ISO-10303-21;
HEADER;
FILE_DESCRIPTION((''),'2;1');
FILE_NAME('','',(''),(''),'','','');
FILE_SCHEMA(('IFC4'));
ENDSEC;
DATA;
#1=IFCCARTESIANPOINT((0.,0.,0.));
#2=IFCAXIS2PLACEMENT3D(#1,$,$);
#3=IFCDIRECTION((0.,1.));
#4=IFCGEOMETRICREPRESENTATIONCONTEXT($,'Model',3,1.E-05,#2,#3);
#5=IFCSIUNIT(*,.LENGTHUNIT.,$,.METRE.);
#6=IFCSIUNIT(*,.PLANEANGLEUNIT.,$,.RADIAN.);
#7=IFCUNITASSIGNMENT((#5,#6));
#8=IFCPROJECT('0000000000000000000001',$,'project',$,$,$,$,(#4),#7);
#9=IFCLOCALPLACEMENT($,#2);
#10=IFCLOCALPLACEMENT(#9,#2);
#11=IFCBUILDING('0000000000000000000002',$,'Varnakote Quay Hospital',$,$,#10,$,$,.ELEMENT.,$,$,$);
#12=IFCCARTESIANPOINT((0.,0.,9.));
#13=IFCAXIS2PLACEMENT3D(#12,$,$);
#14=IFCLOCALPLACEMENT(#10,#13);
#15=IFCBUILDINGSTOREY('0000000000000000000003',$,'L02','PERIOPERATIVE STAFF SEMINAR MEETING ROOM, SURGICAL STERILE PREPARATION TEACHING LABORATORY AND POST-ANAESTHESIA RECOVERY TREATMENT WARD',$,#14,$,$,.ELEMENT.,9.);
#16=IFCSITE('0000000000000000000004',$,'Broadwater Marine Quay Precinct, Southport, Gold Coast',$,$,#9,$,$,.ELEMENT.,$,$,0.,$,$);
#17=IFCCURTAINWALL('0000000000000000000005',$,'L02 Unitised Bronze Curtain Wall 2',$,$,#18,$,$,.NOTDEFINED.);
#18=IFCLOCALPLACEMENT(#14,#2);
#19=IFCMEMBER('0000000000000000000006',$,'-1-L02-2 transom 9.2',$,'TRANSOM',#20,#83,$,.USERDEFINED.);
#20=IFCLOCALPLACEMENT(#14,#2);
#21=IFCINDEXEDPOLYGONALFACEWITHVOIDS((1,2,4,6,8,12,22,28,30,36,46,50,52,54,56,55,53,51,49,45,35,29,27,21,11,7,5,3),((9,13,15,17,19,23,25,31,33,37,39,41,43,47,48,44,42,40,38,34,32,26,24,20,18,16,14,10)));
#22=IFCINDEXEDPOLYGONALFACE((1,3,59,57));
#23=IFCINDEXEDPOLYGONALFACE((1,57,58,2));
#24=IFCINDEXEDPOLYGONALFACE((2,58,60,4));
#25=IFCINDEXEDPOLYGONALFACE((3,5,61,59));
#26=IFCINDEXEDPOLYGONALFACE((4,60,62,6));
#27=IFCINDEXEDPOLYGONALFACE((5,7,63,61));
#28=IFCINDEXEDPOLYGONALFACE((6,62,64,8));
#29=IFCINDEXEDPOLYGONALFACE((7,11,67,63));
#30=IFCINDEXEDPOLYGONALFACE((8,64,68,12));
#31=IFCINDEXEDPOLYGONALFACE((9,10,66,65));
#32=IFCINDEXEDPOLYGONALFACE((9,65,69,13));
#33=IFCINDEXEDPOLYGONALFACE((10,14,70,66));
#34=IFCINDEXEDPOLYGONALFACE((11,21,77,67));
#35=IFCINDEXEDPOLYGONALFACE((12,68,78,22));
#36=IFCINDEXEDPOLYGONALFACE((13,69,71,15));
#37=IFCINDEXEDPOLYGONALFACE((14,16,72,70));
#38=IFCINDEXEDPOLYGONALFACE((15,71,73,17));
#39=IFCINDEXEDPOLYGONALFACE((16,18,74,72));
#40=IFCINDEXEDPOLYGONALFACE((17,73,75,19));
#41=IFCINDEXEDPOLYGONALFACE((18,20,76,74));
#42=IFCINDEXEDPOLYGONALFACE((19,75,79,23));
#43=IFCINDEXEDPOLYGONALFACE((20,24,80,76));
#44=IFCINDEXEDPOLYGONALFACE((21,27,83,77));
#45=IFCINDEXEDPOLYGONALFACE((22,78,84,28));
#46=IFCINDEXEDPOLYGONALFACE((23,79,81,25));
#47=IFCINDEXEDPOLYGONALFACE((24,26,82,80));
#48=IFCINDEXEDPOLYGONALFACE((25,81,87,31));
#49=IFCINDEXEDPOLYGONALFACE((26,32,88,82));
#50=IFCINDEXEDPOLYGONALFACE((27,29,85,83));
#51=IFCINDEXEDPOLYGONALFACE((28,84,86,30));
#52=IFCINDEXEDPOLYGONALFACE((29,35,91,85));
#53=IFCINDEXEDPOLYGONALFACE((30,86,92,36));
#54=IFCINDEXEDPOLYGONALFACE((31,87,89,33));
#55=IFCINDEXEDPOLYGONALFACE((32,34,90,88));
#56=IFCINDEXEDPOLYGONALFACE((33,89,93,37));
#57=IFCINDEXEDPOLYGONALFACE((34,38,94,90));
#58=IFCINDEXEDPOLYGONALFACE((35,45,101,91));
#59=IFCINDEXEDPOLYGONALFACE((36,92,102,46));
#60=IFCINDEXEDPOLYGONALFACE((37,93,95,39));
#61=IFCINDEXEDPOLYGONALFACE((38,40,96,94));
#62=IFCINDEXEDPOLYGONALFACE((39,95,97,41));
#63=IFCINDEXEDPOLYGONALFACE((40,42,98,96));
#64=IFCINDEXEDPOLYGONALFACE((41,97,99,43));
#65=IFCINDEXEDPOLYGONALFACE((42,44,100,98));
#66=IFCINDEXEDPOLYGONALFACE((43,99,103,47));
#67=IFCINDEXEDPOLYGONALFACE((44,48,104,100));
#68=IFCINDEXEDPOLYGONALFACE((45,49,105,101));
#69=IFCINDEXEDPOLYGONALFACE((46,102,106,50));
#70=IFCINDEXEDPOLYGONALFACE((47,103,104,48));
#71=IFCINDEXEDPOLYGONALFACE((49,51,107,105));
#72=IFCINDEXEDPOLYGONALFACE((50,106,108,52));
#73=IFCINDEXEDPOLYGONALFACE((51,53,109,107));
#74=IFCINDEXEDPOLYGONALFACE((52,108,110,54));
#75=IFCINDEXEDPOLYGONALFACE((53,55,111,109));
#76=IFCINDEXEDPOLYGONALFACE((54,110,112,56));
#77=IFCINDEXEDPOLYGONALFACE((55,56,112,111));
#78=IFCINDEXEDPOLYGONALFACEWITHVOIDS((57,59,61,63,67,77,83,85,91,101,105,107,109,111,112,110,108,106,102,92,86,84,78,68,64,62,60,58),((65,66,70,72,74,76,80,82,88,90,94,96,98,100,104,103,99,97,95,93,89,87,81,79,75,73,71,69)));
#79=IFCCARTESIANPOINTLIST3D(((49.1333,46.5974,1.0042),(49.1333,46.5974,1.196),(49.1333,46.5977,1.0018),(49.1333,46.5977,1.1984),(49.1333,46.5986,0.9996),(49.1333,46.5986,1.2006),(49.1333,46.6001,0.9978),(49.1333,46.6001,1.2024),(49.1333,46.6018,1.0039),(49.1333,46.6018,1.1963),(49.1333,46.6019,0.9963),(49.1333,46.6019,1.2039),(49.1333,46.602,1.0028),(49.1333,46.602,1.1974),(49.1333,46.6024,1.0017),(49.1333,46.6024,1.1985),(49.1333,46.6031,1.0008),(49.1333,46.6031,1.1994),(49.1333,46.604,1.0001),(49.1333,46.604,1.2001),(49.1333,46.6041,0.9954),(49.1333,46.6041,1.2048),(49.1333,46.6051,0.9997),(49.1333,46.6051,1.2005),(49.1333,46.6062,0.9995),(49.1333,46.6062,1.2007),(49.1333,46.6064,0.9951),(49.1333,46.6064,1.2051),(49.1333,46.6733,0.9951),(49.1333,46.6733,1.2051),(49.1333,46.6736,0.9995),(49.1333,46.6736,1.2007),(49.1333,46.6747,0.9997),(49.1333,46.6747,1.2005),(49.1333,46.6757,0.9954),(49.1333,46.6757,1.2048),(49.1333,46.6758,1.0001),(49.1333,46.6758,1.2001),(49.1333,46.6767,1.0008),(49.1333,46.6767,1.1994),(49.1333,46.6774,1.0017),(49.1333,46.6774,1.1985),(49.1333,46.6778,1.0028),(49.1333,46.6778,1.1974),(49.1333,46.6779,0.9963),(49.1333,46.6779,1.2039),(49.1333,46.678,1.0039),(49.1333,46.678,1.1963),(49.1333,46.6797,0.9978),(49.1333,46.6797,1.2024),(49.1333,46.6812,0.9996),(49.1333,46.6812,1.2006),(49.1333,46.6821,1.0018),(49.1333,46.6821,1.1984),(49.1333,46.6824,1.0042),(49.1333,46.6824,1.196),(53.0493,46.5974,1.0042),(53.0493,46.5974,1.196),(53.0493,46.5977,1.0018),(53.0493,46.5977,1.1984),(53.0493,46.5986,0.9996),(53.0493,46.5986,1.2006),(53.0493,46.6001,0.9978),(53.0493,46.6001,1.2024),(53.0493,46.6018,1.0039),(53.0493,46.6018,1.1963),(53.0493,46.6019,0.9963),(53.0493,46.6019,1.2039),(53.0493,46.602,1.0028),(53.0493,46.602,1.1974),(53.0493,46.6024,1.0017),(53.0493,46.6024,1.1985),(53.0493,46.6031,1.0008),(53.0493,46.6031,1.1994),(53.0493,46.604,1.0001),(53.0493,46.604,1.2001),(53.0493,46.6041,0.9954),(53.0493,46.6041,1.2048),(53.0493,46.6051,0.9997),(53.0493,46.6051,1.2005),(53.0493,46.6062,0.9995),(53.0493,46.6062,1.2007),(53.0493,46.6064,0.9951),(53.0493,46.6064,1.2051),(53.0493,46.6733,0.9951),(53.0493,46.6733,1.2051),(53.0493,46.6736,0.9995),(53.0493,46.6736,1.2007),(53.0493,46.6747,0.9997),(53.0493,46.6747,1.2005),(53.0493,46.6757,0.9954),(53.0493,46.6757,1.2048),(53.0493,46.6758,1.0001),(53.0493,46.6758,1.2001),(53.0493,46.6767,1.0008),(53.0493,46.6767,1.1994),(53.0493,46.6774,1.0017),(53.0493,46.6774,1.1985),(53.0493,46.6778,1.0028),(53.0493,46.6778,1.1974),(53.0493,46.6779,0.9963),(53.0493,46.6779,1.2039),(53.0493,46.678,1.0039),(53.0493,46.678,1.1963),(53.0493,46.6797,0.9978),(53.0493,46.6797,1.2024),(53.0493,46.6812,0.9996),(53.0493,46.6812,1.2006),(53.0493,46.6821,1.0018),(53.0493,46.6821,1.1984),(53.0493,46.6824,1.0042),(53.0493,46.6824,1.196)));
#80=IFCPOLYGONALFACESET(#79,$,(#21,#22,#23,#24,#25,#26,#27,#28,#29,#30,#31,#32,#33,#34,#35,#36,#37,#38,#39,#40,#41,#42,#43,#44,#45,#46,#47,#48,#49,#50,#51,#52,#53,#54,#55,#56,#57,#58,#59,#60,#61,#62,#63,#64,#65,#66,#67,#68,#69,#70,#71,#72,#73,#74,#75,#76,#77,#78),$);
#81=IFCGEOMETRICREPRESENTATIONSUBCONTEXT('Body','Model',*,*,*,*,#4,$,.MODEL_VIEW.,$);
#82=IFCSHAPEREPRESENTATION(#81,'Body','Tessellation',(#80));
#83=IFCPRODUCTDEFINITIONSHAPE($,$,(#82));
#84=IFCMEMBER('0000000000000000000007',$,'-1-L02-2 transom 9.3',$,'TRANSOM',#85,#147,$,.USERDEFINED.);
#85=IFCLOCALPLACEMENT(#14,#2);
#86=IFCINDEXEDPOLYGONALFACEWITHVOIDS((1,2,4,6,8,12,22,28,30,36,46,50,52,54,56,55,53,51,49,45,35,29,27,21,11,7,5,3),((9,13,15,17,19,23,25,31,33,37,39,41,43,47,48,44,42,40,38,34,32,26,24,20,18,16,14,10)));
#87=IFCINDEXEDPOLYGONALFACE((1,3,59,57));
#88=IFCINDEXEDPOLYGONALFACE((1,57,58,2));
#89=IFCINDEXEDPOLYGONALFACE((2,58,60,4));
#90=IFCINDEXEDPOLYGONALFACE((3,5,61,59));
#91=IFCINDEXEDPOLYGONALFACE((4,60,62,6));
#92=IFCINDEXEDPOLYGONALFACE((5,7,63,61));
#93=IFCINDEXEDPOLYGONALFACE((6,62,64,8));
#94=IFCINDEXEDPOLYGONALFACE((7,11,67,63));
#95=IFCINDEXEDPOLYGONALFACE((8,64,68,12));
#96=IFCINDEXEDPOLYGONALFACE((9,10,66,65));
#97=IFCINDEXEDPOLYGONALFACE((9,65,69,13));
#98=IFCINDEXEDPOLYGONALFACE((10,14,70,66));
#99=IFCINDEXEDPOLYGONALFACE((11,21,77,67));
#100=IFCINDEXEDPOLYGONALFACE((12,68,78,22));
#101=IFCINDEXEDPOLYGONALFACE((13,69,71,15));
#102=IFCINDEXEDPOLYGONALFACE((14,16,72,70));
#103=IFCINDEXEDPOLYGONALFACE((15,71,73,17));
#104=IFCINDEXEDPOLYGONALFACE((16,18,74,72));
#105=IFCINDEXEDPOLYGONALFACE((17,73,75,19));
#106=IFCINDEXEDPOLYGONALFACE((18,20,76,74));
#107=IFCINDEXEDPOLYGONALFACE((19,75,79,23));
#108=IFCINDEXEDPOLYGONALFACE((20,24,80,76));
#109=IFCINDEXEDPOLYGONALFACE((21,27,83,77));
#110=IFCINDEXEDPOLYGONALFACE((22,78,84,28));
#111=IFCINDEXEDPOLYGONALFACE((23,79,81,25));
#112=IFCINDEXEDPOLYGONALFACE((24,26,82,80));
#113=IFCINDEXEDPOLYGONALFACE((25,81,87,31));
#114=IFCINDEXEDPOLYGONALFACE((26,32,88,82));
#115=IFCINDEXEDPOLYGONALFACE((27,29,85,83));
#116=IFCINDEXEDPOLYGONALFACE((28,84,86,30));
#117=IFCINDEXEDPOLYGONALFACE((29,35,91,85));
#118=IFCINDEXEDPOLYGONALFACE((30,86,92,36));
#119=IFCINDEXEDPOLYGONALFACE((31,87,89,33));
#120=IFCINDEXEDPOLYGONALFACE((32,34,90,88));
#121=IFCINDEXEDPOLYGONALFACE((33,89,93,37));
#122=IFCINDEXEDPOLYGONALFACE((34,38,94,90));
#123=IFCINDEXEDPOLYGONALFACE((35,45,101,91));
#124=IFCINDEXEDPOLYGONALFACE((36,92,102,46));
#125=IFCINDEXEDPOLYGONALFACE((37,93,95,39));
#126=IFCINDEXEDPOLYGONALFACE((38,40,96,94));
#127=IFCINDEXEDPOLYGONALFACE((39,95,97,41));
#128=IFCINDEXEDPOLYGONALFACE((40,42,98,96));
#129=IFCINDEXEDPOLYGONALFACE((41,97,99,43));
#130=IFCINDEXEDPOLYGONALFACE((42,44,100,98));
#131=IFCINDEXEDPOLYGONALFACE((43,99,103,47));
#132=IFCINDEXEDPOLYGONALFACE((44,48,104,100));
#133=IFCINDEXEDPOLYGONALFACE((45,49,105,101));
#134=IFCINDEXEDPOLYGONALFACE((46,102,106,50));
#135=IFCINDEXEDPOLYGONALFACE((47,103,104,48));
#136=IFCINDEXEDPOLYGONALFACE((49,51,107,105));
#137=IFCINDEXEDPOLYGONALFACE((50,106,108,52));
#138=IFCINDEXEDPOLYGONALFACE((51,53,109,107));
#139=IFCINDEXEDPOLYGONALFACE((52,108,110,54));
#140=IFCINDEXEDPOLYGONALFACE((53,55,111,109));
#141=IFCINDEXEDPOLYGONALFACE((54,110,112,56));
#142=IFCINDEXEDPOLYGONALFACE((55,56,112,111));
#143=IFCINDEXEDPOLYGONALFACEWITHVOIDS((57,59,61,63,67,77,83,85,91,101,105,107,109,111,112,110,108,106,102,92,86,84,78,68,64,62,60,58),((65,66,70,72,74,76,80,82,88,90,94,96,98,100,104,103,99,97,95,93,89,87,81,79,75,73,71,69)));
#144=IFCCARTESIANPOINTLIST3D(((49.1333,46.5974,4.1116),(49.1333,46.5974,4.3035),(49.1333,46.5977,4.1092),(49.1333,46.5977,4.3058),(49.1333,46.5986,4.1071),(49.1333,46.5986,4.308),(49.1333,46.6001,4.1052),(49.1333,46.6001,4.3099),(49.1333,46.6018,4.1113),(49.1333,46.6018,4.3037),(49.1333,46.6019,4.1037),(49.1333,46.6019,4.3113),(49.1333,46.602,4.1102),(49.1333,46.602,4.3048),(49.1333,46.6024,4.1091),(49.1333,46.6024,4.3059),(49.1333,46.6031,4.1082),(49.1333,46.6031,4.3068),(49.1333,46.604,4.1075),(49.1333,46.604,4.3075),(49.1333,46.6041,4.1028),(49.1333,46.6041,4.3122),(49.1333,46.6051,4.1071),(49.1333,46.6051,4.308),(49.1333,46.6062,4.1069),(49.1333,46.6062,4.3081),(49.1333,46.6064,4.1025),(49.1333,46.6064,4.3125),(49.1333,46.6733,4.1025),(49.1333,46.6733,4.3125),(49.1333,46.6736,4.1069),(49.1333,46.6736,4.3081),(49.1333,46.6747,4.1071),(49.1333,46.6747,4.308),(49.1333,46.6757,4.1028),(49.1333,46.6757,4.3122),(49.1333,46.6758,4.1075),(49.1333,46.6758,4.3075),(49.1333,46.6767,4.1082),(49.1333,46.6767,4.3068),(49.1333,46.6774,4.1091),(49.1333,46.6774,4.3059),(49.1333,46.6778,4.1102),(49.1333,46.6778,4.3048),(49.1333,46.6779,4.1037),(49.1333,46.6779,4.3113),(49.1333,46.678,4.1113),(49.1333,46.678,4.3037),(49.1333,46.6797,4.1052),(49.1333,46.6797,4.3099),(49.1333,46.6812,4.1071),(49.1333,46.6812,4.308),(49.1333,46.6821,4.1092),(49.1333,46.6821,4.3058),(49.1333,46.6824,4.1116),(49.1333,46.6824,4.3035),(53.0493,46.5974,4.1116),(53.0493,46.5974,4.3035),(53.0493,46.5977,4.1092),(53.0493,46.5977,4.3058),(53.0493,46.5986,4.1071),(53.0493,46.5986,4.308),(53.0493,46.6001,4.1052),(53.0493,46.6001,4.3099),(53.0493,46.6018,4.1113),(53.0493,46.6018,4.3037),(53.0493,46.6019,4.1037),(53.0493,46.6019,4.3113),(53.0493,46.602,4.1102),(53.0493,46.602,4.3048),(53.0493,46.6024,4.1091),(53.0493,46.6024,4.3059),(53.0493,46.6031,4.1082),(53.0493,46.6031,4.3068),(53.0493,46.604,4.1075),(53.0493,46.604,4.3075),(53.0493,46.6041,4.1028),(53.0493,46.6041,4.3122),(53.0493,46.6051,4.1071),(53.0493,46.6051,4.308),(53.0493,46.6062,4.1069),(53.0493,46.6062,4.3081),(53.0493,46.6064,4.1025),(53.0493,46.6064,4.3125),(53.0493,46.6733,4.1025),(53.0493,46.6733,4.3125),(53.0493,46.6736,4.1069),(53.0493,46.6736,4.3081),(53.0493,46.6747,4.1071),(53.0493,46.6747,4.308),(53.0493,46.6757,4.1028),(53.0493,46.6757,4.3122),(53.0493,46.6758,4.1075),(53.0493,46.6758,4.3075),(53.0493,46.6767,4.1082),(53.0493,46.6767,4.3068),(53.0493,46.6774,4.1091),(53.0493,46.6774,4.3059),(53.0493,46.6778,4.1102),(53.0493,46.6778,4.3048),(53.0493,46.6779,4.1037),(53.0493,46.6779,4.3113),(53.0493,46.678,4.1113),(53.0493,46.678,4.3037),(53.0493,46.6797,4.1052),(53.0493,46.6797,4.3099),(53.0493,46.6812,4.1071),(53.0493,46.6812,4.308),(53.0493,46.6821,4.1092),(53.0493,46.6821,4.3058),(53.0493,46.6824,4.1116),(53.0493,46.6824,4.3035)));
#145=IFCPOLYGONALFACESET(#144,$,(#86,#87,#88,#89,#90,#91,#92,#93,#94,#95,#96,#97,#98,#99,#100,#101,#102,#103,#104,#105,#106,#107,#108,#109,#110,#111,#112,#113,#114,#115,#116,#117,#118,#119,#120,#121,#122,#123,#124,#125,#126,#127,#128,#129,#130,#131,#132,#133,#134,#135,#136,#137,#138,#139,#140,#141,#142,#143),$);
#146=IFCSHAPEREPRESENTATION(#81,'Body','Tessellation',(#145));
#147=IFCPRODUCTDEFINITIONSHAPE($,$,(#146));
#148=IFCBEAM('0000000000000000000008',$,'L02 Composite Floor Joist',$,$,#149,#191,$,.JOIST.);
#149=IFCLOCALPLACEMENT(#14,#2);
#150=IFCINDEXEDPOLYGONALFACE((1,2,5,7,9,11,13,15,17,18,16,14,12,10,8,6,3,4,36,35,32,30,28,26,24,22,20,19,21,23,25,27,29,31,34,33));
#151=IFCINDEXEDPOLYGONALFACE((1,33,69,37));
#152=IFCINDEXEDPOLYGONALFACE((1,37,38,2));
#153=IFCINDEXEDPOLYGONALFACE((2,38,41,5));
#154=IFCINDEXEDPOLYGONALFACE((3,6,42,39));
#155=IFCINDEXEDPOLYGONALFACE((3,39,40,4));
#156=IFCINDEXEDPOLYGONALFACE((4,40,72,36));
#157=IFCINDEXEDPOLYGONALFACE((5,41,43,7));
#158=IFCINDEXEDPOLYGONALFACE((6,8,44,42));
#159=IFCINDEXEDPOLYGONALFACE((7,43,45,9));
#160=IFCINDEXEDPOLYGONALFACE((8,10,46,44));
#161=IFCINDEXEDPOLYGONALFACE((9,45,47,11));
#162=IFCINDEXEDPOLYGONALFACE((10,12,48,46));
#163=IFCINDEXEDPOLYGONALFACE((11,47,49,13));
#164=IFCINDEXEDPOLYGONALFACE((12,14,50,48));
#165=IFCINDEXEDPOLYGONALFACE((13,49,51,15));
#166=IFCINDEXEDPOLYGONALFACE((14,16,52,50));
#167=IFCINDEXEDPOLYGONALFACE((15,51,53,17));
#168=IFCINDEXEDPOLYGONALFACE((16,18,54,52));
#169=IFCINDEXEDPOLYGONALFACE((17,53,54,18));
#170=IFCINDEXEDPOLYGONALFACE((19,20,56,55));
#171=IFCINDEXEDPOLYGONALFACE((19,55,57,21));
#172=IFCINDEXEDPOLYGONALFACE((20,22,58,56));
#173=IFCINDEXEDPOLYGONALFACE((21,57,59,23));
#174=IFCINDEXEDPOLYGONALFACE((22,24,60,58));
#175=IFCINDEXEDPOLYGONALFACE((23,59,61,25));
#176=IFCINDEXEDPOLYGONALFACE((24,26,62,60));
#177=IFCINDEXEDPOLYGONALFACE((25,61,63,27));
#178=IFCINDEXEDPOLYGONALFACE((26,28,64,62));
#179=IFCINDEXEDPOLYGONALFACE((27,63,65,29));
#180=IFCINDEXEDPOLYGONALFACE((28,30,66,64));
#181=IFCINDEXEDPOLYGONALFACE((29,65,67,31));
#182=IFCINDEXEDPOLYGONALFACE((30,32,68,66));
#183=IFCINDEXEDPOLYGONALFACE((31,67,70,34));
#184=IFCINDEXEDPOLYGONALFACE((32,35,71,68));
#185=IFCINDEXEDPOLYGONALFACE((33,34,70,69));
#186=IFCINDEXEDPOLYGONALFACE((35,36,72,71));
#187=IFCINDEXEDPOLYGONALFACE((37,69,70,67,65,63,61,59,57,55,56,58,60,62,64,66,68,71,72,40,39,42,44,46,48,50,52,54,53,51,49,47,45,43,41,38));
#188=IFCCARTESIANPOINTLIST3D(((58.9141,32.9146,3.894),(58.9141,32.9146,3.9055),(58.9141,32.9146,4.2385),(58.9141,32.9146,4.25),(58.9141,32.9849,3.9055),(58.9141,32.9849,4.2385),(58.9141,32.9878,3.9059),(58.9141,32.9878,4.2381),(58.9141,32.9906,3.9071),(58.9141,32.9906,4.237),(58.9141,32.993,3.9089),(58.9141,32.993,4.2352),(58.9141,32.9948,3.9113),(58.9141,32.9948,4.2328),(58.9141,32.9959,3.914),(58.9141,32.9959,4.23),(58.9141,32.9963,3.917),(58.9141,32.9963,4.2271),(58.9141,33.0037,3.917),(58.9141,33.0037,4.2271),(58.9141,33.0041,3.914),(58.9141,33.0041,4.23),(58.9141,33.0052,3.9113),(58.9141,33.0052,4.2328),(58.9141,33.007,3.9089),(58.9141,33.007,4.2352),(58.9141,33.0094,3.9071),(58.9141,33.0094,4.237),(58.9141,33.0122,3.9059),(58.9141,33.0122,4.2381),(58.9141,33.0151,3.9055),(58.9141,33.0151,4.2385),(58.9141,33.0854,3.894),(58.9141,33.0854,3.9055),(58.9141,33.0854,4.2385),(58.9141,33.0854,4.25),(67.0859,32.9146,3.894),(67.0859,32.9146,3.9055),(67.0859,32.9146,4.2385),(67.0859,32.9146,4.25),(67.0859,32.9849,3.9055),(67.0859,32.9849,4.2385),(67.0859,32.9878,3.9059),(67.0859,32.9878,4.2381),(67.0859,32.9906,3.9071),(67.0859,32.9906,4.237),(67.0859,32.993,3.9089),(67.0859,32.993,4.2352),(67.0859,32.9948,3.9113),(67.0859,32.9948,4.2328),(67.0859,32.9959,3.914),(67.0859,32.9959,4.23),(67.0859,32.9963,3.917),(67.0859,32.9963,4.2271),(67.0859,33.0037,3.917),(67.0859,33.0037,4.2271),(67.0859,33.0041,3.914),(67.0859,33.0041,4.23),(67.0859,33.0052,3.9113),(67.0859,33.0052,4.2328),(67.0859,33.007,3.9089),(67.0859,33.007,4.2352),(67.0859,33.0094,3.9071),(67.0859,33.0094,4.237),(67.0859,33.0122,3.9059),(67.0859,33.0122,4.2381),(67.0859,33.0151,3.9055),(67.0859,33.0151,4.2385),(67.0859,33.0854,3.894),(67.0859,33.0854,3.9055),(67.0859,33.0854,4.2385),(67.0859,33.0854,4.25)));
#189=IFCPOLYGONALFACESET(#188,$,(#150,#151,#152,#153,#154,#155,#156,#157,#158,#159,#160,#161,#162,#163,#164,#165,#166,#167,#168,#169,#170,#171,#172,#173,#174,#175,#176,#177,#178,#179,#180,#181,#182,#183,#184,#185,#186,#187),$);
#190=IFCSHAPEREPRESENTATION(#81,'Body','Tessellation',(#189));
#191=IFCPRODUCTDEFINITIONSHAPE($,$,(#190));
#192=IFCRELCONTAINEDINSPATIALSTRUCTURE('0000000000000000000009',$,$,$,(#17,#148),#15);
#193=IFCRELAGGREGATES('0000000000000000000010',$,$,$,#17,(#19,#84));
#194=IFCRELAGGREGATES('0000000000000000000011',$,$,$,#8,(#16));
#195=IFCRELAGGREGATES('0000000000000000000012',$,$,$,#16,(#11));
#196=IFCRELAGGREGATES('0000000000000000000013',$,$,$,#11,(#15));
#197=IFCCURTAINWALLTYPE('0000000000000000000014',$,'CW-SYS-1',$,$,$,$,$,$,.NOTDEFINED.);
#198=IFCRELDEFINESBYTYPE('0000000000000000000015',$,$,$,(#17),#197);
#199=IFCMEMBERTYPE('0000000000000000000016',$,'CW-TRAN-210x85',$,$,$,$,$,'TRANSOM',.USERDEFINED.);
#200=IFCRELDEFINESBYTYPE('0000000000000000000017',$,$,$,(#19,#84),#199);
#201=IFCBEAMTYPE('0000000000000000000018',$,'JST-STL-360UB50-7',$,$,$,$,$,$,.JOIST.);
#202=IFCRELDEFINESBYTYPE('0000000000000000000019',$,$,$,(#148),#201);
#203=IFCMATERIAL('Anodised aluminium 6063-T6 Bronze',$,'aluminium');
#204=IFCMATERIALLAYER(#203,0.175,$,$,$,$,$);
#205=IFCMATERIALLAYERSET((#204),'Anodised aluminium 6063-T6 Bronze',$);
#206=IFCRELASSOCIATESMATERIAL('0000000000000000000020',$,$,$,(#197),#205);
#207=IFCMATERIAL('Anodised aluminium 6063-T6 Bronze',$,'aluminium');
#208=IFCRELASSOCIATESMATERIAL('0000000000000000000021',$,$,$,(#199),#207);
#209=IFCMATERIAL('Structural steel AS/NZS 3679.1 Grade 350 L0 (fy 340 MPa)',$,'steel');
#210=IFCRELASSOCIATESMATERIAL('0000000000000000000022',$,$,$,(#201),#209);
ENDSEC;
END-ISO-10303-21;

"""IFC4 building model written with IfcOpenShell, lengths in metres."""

from ifc_helpers import new_model, si_unit, direction, frame, origin, origin_2d, place, context, subcontext, project, spatial, hollow_rectangle, i_section, extrude, material, layer, layer_set, material_profile, profile_set, type_object, element, aggregate, save


model = new_model("IFC4")

# Units and contexts
model_context = context("Model", 3, precision=1e-05, world=origin(), true_north=direction((0.0, 1.0)))
body_context = subcontext(model_context, "Body", "Model", "MODEL_VIEW")
ifc_project = project(units=[si_unit("LENGTHUNIT", "METRE"), si_unit("PLANEANGLEUNIT", "RADIAN")], contexts=[model_context])

# Site, building, storey
site_placement = place(None, origin())
site = spatial("IfcSite", under=ifc_project, at=site_placement, Name="Broadwater Marine Quay Precinct, Southport, Gold Coast", CompositionType="ELEMENT", RefElevation=0.0)
building_placement = place(site_placement, origin())
building = spatial("IfcBuilding", under=site, at=building_placement, Name="Varnakote Quay Hospital", CompositionType="ELEMENT")
storey_placement = place(building_placement, frame((0.0, 0.0, 9.0)))
storey = spatial("IfcBuildingStorey", under=building, at=storey_placement, Name="L02", Description="PERIOPERATIVE STAFF SEMINAR MEETING ROOM, SURGICAL STERILE PREPARATION TEACHING LABORATORY AND POST-ANAESTHESIA RECOVERY TREATMENT WARD", CompositionType="ELEMENT", Elevation=9.0)

# Curtain wall, members
ifc_material_1 = material(Name="Anodised aluminium 6063-T6 Bronze", Category="aluminium")
ifc_layer_1 = layer(ifc_material_1, 0.175)
ifc_layer_set_1 = layer_set([ifc_layer_1], Name="Anodised aluminium 6063-T6 Bronze")
curtain_wall_type = type_object("IfcCurtainWallType", Name="CW-SYS-1", PredefinedType="NOTDEFINED", material=ifc_layer_set_1)
curtain_wall_placement = place(storey_placement, origin())
curtain_wall = element("IfcCurtainWall", 1, at=curtain_wall_placement, inside=storey, type_object=curtain_wall_type, Name="L02 Unitised Bronze Curtain Wall 2", PredefinedType="NOTDEFINED")
ifc_material_2 = material(Name="Anodised aluminium 6063-T6 Bronze", Category="aluminium")
ifc_material_profile_1 = material_profile(ifc_material_2, hollow_rectangle(XDim=0.085, YDim=0.21, WallThickness=0.0044, InnerFilletRadius=0.0044, OuterFilletRadius=0.009, at=origin_2d()), Name="CW-TRAN-210x85")
ifc_profile_set_1 = profile_set([ifc_material_profile_1], Name="Anodised aluminium 6063-T6 Bronze")
member_type_1 = type_object("IfcMemberType", Name="CW-TRAN-210x85", ElementType="TRANSOM", PredefinedType="USERDEFINED", material=ifc_profile_set_1)
member_1_placement = place(storey_placement, frame((53.0493, 46.6399, 1.1001), z_axis=(-1.0, 0.0, 0.0), x_axis=(0.0, -1.0, 0.0)))
member_1 = element("IfcMember", 2, at=member_1_placement, type_object=member_type_1, Name="-1-L02-2 transom 9.2", ObjectType="TRANSOM", PredefinedType="USERDEFINED", context=body_context, shape_type="SweptSolid", body=[
    extrude(hollow_rectangle(XDim=0.085, YDim=0.21, WallThickness=0.0044, InnerFilletRadius=0.0044, OuterFilletRadius=0.009, at=origin_2d()), origin(), (0.0, 0.0, 1.0), 3.916),
])
member_2_placement = place(storey_placement, frame((53.0493, 46.6399, 4.2075), z_axis=(-1.0, 0.0, 0.0), x_axis=(0.0, -1.0, 0.0)))
member_2 = element("IfcMember", 3, at=member_2_placement, type_object=member_type_1, Name="-1-L02-2 transom 9.3", ObjectType="TRANSOM", PredefinedType="USERDEFINED", context=body_context, shape_type="SweptSolid", body=[
    extrude(hollow_rectangle(XDim=0.085, YDim=0.21, WallThickness=0.0044, InnerFilletRadius=0.0044, OuterFilletRadius=0.009, at=origin_2d()), origin(), (0.0, 0.0, 1.0), 3.916),
])

# Beam
ifc_material_3 = material(Name="Structural steel AS/NZS 3679.1 Grade 350 L0 (fy 340 MPa)", Category="steel")
ifc_material_profile_2 = material_profile(ifc_material_3, i_section(OverallWidth=0.1709, OverallDepth=0.356, WebThickness=0.0073, FlangeThickness=0.0115, FilletRadius=0.0115, at=origin_2d()), Name="360UB50.7")
ifc_profile_set_2 = profile_set([ifc_material_profile_2], Name="Structural steel AS/NZS 3679.1 Grade 350 L0 (fy 340 MPa)")
beam_type_1 = type_object("IfcBeamType", Name="JST-STL-360UB50-7", PredefinedType="JOIST", material=ifc_profile_set_2)
for number, where, z_axis, x_axis, name in (
    (4, (58.9141, 33.0, 4.072), (1.0, 0.0, 0.0), (0.0, 1.0, 0.0), "L02 Composite Floor Joist"),
):
    element("IfcBeam", number, at=place(storey_placement, frame(where, z_axis=z_axis, x_axis=x_axis)), inside=storey, type_object=beam_type_1, Name=name, PredefinedType="JOIST", context=body_context, shape_type="SweptSolid", body=[
        extrude(i_section(OverallWidth=0.1709, OverallDepth=0.356, WebThickness=0.0073, FlangeThickness=0.0115, FilletRadius=0.0115, at=origin_2d()), origin(), (0.0, 0.0, 1.0), 8.1719),
    ])

aggregate(curtain_wall, [member_1, member_2])

save(model, "model.ifc")
